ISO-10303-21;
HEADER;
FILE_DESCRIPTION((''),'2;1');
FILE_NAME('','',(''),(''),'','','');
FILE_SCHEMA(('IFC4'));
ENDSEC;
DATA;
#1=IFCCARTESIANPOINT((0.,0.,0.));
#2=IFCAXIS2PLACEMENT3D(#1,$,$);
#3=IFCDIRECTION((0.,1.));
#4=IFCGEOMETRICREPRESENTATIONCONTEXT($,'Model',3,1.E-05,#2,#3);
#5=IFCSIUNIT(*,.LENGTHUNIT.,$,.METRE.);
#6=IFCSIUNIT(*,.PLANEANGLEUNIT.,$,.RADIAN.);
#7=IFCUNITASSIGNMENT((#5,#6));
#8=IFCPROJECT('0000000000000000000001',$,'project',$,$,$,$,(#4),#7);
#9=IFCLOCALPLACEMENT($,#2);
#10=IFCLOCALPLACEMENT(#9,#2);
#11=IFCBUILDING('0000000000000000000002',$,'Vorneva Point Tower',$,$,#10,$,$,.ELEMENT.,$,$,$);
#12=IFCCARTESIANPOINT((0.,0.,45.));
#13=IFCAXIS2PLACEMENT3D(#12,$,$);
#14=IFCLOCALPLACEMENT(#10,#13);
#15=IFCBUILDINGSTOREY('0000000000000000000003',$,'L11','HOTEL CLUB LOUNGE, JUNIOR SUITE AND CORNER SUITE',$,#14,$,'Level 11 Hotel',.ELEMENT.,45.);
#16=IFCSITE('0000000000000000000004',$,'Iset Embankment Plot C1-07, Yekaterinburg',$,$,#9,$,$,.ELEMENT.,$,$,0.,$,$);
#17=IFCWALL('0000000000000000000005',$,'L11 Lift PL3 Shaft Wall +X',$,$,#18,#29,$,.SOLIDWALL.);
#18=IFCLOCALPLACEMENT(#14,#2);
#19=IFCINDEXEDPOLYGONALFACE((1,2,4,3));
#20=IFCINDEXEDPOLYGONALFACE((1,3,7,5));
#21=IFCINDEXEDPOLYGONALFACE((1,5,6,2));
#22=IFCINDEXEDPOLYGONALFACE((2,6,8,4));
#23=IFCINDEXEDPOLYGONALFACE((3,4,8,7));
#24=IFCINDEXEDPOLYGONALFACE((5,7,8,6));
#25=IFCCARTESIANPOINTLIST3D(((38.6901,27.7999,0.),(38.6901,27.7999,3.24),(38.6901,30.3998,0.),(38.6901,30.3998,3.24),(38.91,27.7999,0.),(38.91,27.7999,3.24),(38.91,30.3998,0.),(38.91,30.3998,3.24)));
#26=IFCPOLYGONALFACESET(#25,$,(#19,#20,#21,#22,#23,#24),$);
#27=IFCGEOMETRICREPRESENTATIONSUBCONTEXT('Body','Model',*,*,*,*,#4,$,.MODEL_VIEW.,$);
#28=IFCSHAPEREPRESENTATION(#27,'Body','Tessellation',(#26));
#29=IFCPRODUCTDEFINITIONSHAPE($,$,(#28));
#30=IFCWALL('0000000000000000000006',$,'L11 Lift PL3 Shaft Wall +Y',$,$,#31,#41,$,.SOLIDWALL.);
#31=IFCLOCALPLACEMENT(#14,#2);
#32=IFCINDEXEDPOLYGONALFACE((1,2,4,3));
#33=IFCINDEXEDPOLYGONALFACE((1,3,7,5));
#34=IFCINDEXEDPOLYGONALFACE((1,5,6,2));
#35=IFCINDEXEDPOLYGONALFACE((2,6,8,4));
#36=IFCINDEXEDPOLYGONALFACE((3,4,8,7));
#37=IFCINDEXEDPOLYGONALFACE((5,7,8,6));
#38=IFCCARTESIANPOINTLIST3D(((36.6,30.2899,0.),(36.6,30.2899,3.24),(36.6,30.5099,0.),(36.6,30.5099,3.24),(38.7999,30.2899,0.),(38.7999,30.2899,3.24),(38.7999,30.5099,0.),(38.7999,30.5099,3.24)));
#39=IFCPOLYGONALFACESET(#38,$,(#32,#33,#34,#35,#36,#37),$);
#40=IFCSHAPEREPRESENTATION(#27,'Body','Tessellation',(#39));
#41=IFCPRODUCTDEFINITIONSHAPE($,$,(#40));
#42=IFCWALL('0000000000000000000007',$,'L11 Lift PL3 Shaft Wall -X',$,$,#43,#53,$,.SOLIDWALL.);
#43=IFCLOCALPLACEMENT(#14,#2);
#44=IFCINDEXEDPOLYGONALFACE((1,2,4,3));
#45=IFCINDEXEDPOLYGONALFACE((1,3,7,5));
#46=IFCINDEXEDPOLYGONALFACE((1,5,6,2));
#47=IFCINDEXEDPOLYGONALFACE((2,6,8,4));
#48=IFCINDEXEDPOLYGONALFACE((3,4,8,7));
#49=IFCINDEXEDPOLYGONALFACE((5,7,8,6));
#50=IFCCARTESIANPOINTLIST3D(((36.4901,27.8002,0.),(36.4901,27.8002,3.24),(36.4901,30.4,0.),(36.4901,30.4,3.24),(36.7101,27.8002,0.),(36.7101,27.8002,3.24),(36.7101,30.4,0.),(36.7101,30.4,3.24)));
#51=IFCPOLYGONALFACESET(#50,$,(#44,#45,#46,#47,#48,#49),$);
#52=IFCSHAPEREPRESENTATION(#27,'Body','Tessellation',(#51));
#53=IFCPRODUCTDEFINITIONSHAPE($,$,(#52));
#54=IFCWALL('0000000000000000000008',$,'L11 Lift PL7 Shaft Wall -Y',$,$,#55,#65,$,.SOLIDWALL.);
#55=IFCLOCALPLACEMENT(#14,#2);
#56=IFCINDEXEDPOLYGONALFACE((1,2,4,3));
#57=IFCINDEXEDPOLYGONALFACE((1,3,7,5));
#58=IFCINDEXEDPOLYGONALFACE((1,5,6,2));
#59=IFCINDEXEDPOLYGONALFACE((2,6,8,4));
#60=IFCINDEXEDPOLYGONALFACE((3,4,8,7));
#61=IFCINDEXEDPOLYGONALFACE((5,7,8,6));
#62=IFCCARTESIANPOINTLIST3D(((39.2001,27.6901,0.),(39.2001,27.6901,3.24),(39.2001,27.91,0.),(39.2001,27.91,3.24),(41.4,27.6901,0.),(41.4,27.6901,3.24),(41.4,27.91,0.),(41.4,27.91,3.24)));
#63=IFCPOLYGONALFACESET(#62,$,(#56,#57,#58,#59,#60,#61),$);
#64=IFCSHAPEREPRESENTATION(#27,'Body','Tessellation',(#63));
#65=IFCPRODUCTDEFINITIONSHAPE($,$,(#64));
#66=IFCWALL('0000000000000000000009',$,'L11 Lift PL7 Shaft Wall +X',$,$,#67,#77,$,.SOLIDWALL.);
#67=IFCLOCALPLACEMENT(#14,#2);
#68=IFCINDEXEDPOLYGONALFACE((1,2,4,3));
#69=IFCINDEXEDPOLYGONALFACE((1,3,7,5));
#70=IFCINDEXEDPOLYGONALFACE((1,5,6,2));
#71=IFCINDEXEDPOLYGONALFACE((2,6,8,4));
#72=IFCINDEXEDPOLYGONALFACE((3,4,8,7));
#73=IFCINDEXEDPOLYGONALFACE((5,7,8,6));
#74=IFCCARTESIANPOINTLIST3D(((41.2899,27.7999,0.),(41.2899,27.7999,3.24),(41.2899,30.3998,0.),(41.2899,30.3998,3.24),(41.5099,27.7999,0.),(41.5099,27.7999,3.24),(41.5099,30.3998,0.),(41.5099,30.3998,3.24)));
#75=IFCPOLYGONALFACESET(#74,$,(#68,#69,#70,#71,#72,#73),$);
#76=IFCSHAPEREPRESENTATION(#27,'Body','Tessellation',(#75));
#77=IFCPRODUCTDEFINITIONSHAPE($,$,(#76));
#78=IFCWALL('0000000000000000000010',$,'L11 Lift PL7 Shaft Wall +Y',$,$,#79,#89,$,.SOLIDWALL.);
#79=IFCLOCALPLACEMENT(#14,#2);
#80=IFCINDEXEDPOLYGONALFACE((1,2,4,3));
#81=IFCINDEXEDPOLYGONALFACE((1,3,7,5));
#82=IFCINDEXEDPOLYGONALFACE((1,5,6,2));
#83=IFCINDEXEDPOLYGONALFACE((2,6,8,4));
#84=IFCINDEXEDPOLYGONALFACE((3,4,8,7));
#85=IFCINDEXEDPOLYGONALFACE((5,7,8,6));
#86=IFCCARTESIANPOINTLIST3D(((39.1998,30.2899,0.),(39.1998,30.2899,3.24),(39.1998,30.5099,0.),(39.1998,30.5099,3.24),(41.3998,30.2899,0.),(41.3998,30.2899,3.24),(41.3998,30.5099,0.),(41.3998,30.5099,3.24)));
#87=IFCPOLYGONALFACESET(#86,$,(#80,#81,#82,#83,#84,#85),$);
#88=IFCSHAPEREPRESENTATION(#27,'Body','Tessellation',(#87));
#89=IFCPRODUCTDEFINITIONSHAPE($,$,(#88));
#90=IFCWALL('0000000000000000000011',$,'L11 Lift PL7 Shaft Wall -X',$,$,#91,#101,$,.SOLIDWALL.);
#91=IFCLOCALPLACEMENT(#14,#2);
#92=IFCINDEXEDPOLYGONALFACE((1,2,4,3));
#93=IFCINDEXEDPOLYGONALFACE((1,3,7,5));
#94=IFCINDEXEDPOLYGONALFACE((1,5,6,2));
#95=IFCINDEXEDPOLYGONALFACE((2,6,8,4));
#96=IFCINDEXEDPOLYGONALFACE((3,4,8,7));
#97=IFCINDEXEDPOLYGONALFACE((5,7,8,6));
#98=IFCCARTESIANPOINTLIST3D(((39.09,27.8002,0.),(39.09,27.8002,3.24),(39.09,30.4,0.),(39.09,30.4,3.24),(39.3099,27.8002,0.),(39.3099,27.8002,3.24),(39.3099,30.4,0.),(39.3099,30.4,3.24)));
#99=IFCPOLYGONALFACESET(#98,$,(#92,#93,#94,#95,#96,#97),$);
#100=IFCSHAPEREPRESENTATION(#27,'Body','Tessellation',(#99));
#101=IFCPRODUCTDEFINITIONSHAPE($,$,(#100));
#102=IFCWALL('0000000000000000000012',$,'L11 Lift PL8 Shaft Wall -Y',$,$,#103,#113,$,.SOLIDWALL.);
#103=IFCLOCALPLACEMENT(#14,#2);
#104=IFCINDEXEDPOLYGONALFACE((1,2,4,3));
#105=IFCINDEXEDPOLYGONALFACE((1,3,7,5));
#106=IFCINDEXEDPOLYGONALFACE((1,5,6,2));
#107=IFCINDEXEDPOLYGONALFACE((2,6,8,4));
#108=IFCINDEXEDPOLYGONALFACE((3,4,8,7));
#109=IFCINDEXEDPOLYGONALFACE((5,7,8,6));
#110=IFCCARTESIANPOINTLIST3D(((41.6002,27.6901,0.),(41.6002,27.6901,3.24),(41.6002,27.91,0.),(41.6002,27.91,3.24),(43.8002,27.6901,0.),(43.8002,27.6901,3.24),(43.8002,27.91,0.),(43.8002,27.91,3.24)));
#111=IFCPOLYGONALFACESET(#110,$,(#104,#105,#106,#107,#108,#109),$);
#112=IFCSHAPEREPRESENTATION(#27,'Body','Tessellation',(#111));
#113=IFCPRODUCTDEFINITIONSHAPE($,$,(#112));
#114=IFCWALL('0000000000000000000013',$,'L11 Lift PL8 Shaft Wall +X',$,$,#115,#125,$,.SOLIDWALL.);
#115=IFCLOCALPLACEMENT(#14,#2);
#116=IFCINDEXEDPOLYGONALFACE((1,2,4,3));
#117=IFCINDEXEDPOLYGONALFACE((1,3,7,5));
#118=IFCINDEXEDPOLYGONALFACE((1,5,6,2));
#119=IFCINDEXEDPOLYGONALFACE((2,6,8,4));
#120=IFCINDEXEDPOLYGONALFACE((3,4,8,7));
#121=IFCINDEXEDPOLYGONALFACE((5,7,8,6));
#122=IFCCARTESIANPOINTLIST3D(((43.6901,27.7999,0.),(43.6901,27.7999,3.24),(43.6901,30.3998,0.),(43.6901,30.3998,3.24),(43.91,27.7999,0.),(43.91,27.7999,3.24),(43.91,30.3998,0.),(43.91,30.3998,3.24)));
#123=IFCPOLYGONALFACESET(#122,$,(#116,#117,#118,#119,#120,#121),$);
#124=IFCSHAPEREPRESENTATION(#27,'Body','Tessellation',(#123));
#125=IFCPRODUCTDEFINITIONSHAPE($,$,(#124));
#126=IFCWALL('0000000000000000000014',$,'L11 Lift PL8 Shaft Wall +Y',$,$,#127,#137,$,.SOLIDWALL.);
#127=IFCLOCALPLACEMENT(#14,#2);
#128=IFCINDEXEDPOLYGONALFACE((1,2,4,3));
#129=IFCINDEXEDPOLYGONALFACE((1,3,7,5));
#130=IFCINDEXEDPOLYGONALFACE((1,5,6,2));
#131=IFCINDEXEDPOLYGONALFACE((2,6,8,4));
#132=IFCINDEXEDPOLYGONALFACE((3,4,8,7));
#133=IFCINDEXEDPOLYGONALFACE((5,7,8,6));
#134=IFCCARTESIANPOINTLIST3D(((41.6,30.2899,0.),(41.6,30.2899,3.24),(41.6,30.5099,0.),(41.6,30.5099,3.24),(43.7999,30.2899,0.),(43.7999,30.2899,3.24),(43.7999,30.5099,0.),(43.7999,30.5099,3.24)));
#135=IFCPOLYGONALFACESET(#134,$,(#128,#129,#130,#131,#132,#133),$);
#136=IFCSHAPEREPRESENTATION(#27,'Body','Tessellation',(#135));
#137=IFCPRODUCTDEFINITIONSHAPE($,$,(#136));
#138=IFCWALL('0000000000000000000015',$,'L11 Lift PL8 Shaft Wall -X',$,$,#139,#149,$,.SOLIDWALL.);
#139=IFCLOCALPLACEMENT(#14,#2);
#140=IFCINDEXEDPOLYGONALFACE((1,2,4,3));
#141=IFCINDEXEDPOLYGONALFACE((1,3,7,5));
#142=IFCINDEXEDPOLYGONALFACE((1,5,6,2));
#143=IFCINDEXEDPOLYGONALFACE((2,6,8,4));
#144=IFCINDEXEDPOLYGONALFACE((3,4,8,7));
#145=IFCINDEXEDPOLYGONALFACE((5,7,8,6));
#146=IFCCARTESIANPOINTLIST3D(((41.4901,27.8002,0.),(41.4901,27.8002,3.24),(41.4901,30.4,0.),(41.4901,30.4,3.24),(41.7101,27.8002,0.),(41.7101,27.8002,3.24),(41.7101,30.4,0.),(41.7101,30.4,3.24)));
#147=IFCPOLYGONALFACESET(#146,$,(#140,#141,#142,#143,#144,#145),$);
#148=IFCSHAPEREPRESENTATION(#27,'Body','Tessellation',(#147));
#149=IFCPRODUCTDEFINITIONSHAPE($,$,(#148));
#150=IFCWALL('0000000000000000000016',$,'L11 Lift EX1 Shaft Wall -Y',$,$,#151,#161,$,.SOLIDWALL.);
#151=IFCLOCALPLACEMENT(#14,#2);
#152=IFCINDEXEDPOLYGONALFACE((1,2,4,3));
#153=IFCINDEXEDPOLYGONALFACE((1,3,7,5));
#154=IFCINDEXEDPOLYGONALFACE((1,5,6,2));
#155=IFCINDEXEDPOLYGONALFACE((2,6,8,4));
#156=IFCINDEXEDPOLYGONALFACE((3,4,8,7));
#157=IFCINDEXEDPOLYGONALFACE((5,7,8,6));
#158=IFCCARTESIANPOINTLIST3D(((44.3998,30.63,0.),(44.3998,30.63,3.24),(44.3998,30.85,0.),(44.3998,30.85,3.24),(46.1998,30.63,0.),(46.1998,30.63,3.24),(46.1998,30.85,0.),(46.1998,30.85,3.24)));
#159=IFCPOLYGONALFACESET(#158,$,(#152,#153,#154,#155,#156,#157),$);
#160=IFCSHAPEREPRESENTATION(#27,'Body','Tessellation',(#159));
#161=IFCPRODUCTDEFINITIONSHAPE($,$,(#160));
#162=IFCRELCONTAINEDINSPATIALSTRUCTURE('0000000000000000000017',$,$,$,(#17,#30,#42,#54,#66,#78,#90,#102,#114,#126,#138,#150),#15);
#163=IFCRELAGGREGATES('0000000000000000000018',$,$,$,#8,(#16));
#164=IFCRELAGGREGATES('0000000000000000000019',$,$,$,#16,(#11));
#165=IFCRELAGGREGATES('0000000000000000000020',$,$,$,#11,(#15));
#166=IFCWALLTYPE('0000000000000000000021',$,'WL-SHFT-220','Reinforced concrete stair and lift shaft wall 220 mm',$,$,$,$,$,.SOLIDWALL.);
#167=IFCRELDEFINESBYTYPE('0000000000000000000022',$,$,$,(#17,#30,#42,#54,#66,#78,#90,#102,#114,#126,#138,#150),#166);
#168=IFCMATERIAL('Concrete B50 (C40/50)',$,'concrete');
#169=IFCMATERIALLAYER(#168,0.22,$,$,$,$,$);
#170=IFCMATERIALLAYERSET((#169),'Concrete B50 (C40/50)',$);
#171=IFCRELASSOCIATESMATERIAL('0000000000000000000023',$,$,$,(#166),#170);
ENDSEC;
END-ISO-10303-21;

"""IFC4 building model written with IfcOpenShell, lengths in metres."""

from ifc_helpers import new_model, si_unit, direction, frame, frame_2d, origin, place, context, subcontext, project, spatial, rectangle, extrude, material, layer, layer_set, type_object, element, save


model = new_model("IFC4")

# Units and contexts
model_context = context("Model", 3, precision=1e-05, world=origin(), true_north=direction((0.0, 1.0)))
body_context = subcontext(model_context, "Body", "Model", "MODEL_VIEW")
ifc_project = project(units=[si_unit("LENGTHUNIT", "METRE"), si_unit("PLANEANGLEUNIT", "RADIAN")], contexts=[model_context])

# Site, building, storey
site_placement = place(None, origin())
site = spatial("IfcSite", under=ifc_project, at=site_placement, Name="Iset Embankment Plot C1-07, Yekaterinburg", CompositionType="ELEMENT", RefElevation=0.0)
building_placement = place(site_placement, origin())
building = spatial("IfcBuilding", under=site, at=building_placement, Name="Vorneva Point Tower", CompositionType="ELEMENT")
storey_placement = place(building_placement, frame((0.0, 0.0, 45.0)))
storey = spatial("IfcBuildingStorey", under=building, at=storey_placement, Name="L11", Description="HOTEL CLUB LOUNGE, JUNIOR SUITE AND CORNER SUITE", LongName="Level 11 Hotel", CompositionType="ELEMENT", Elevation=45.0)

# Shared definitions
ifc_material_1 = material(Name="Concrete B50 (C40/50)", Category="concrete")
ifc_layer_1 = layer(ifc_material_1, 0.22)
ifc_layer_set_1 = layer_set([ifc_layer_1], Name="Concrete B50 (C40/50)")
wall_type_1 = type_object("IfcWallType", Name="WL-SHFT-220", Description="Reinforced concrete stair and lift shaft wall 220 mm", PredefinedType="SOLIDWALL", material=ifc_layer_set_1)

# Walls
wall_1_placement = place(storey_placement, frame((38.8, 27.8, 0.0), z_axis=(0.0, 0.0, 1.0), x_axis=(0.0, 1.0, 0.0)))
element("IfcWall", 1, at=wall_1_placement, inside=storey, type_object=wall_type_1, Name="L11 Lift PL3 Shaft Wall +X", PredefinedType="SOLIDWALL", context=body_context, shape_type="SweptSolid", body=[
    extrude(rectangle(XDim=2.5999, YDim=0.22, at=frame_2d((1.2998, 0.0))), origin(), (0.0, 0.0, 1.0), 3.24),
])
wall_2_placement = place(storey_placement, frame((38.8, 30.3999, 0.0), z_axis=(0.0, 0.0, 1.0), x_axis=(-1.0, 0.0, 0.0)))
element("IfcWall", 2, at=wall_2_placement, inside=storey, type_object=wall_type_1, Name="L11 Lift PL3 Shaft Wall +Y", PredefinedType="SOLIDWALL", context=body_context, shape_type="SweptSolid", body=[
    extrude(rectangle(XDim=2.2, YDim=0.22, at=frame_2d((1.1001, 0.0))), origin(), (0.0, 0.0, 1.0), 3.24),
])
wall_3_placement = place(storey_placement, frame((36.6001, 30.3999, 0.0), z_axis=(0.0, 0.0, 1.0), x_axis=(0.0, -1.0, 0.0)))
element("IfcWall", 3, at=wall_3_placement, inside=storey, type_object=wall_type_1, Name="L11 Lift PL3 Shaft Wall -X", PredefinedType="SOLIDWALL", context=body_context, shape_type="SweptSolid", body=[
    extrude(rectangle(XDim=2.5999, YDim=0.22, at=frame_2d((1.2998, 0.0))), origin(), (0.0, 0.0, 1.0), 3.24),
])
wall_4_placement = place(storey_placement, frame((39.2, 27.8, 0.0), z_axis=(0.0, 0.0, 1.0), x_axis=(1.0, 0.0, 0.0)))
element("IfcWall", 4, at=wall_4_placement, inside=storey, type_object=wall_type_1, Name="L11 Lift PL7 Shaft Wall -Y", PredefinedType="SOLIDWALL", context=body_context, shape_type="SweptSolid", body=[
    extrude(rectangle(XDim=2.2, YDim=0.22, at=frame_2d((1.1001, 0.0))), origin(), (0.0, 0.0, 1.0), 3.24),
])
wall_5_placement = place(storey_placement, frame((41.3999, 27.8, 0.0), z_axis=(0.0, 0.0, 1.0), x_axis=(0.0, 1.0, 0.0)))
element("IfcWall", 5, at=wall_5_placement, inside=storey, type_object=wall_type_1, Name="L11 Lift PL7 Shaft Wall +X", PredefinedType="SOLIDWALL", context=body_context, shape_type="SweptSolid", body=[
    extrude(rectangle(XDim=2.5999, YDim=0.22, at=frame_2d((1.2998, 0.0))), origin(), (0.0, 0.0, 1.0), 3.24),
])
wall_6_placement = place(storey_placement, frame((41.3999, 30.3999, 0.0), z_axis=(0.0, 0.0, 1.0), x_axis=(-1.0, 0.0, 0.0)))
element("IfcWall", 6, at=wall_6_placement, inside=storey, type_object=wall_type_1, Name="L11 Lift PL7 Shaft Wall +Y", PredefinedType="SOLIDWALL", context=body_context, shape_type="SweptSolid", body=[
    extrude(rectangle(XDim=2.2, YDim=0.22, at=frame_2d((1.1001, 0.0))), origin(), (0.0, 0.0, 1.0), 3.24),
])
wall_7_placement = place(storey_placement, frame((39.2, 30.3999, 0.0), z_axis=(0.0, 0.0, 1.0), x_axis=(0.0, -1.0, 0.0)))
element("IfcWall", 7, at=wall_7_placement, inside=storey, type_object=wall_type_1, Name="L11 Lift PL7 Shaft Wall -X", PredefinedType="SOLIDWALL", context=body_context, shape_type="SweptSolid", body=[
    extrude(rectangle(XDim=2.5999, YDim=0.22, at=frame_2d((1.2998, 0.0))), origin(), (0.0, 0.0, 1.0), 3.24),
])
wall_8_placement = place(storey_placement, frame((41.6001, 27.8, 0.0), z_axis=(0.0, 0.0, 1.0), x_axis=(1.0, 0.0, 0.0)))
element("IfcWall", 8, at=wall_8_placement, inside=storey, type_object=wall_type_1, Name="L11 Lift PL8 Shaft Wall -Y", PredefinedType="SOLIDWALL", context=body_context, shape_type="SweptSolid", body=[
    extrude(rectangle(XDim=2.2, YDim=0.22, at=frame_2d((1.1001, 0.0))), origin(), (0.0, 0.0, 1.0), 3.24),
])
wall_9_placement = place(storey_placement, frame((43.8, 27.8, 0.0), z_axis=(0.0, 0.0, 1.0), x_axis=(0.0, 1.0, 0.0)))
element("IfcWall", 9, at=wall_9_placement, inside=storey, type_object=wall_type_1, Name="L11 Lift PL8 Shaft Wall +X", PredefinedType="SOLIDWALL", context=body_context, shape_type="SweptSolid", body=[
    extrude(rectangle(XDim=2.5999, YDim=0.22, at=frame_2d((1.2998, 0.0))), origin(), (0.0, 0.0, 1.0), 3.24),
])
wall_10_placement = place(storey_placement, frame((43.8, 30.3999, 0.0), z_axis=(0.0, 0.0, 1.0), x_axis=(-1.0, 0.0, 0.0)))
element("IfcWall", 10, at=wall_10_placement, inside=storey, type_object=wall_type_1, Name="L11 Lift PL8 Shaft Wall +Y", PredefinedType="SOLIDWALL", context=body_context, shape_type="SweptSolid", body=[
    extrude(rectangle(XDim=2.2, YDim=0.22, at=frame_2d((1.1001, 0.0))), origin(), (0.0, 0.0, 1.0), 3.24),
])
wall_11_placement = place(storey_placement, frame((41.6001, 30.3999, 0.0), z_axis=(0.0, 0.0, 1.0), x_axis=(0.0, -1.0, 0.0)))
element("IfcWall", 11, at=wall_11_placement, inside=storey, type_object=wall_type_1, Name="L11 Lift PL8 Shaft Wall -X", PredefinedType="SOLIDWALL", context=body_context, shape_type="SweptSolid", body=[
    extrude(rectangle(XDim=2.5999, YDim=0.22, at=frame_2d((1.2998, 0.0))), origin(), (0.0, 0.0, 1.0), 3.24),
])
wall_12_placement = place(storey_placement, frame((44.3999, 30.74, 0.0), z_axis=(0.0, 0.0, 1.0), x_axis=(1.0, 0.0, 0.0)))
element("IfcWall", 12, at=wall_12_placement, inside=storey, type_object=wall_type_1, Name="L11 Lift EX1 Shaft Wall -Y", PredefinedType="SOLIDWALL", context=body_context, shape_type="SweptSolid", body=[
    extrude(rectangle(XDim=1.8, YDim=0.22, at=frame_2d((0.8999, 0.0))), origin(), (0.0, 0.0, 1.0), 3.24),
])

save(model, "model.ifc")
